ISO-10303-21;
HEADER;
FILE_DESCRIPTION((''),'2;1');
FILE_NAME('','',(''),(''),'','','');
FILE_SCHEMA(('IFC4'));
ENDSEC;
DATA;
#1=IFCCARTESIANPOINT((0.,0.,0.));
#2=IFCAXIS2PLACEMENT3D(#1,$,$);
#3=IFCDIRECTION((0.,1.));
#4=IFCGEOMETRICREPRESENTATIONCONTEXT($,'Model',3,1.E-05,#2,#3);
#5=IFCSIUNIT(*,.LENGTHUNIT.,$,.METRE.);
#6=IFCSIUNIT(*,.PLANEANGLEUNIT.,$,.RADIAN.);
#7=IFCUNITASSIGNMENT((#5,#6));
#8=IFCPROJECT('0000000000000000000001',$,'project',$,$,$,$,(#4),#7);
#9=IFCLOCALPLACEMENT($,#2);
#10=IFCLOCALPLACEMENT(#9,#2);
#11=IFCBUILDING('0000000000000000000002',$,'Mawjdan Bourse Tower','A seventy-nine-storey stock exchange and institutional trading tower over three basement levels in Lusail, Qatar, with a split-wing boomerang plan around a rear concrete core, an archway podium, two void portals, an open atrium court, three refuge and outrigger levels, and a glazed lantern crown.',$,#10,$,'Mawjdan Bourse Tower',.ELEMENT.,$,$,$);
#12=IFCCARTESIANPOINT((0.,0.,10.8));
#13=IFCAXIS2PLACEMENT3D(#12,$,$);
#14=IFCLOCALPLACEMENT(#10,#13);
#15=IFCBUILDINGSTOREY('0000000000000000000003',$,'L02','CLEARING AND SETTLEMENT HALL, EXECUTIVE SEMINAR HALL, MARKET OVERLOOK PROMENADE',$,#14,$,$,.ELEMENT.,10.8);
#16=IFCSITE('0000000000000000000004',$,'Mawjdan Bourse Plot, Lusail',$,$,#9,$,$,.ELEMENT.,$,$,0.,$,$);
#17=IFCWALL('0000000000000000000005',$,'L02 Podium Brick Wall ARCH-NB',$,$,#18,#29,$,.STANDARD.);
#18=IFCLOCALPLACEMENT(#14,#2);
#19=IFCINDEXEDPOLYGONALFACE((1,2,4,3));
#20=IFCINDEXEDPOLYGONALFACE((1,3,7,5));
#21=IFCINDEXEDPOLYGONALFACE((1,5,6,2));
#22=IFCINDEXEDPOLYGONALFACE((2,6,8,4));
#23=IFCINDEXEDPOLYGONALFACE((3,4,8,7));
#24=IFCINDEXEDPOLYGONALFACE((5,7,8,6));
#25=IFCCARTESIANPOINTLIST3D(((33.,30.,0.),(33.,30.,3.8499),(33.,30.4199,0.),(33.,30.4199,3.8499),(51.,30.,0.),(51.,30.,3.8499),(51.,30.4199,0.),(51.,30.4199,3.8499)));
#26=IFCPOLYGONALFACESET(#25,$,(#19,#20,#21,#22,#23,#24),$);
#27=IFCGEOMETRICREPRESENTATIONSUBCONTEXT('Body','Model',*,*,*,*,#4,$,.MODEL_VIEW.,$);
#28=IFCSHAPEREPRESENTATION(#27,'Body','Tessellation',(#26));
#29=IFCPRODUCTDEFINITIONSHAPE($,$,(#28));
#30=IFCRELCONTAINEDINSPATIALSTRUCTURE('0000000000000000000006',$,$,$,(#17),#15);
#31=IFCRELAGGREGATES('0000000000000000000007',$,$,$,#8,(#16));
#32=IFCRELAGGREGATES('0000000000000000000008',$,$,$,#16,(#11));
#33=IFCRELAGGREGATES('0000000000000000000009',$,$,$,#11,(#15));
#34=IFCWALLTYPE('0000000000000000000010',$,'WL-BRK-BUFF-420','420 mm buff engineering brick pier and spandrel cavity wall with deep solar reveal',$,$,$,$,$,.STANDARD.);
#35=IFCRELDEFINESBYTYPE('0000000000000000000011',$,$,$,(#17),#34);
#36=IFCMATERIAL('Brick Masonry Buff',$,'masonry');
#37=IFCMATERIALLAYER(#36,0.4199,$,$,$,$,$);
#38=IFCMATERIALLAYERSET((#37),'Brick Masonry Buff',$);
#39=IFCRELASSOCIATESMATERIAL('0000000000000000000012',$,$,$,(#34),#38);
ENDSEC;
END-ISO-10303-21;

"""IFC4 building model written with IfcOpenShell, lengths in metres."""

from ifc_helpers import new_model, si_unit, direction, frame, frame_2d, origin, place, context, subcontext, project, spatial, rectangle, extrude, material, layer, layer_set, type_object, element, save


model = new_model("IFC4")

# Units and contexts
model_context = context("Model", 3, precision=1e-05, world=origin(), true_north=direction((0.0, 1.0)))
body_context = subcontext(model_context, "Body", "Model", "MODEL_VIEW")
ifc_project = project(units=[si_unit("LENGTHUNIT", "METRE"), si_unit("PLANEANGLEUNIT", "RADIAN")], contexts=[model_context])

# Site, building, storey
site_placement = place(None, origin())
site = spatial("IfcSite", under=ifc_project, at=site_placement, Name="Mawjdan Bourse Plot, Lusail", CompositionType="ELEMENT", RefElevation=0.0)
building_placement = place(site_placement, origin())
building = spatial("IfcBuilding", under=site, at=building_placement, Name="Mawjdan Bourse Tower", Description="A seventy-nine-storey stock exchange and institutional trading tower over three basement levels in Lusail, Qatar, with a split-wing boomerang plan around a rear concrete core, an archway podium, two void portals, an open atrium court, three refuge and outrigger levels, and a glazed lantern crown.", LongName="Mawjdan Bourse Tower", CompositionType="ELEMENT")
storey_placement = place(building_placement, frame((0.0, 0.0, 10.8)))
storey = spatial("IfcBuildingStorey", under=building, at=storey_placement, Name="L02", Description="CLEARING AND SETTLEMENT HALL, EXECUTIVE SEMINAR HALL, MARKET OVERLOOK PROMENADE", CompositionType="ELEMENT", Elevation=10.8)

# Wall
ifc_material_1 = material(Name="Brick Masonry Buff", Category="masonry")
ifc_layer_1 = layer(ifc_material_1, 0.4199)
ifc_layer_set_1 = layer_set([ifc_layer_1], Name="Brick Masonry Buff")
wall_type = type_object("IfcWallType", Name="WL-BRK-BUFF-420", Description="420 mm buff engineering brick pier and spandrel cavity wall with deep solar reveal", PredefinedType="STANDARD", material=ifc_layer_set_1)
wall_placement = place(storey_placement, frame((33.0, 30.21, 0.0), z_axis=(0.0, 0.0, 1.0), x_axis=(1.0, 0.0, 0.0)))
element("IfcWall", 1, at=wall_placement, inside=storey, type_object=wall_type, Name="L02 Podium Brick Wall ARCH-NB", PredefinedType="STANDARD", context=body_context, shape_type="SweptSolid", body=[
    extrude(rectangle(XDim=18.0, YDim=0.4199, at=frame_2d((9.0, 0.0))), origin(), (0.0, 0.0, 1.0), 3.8499),
])

save(model, "model.ifc")
